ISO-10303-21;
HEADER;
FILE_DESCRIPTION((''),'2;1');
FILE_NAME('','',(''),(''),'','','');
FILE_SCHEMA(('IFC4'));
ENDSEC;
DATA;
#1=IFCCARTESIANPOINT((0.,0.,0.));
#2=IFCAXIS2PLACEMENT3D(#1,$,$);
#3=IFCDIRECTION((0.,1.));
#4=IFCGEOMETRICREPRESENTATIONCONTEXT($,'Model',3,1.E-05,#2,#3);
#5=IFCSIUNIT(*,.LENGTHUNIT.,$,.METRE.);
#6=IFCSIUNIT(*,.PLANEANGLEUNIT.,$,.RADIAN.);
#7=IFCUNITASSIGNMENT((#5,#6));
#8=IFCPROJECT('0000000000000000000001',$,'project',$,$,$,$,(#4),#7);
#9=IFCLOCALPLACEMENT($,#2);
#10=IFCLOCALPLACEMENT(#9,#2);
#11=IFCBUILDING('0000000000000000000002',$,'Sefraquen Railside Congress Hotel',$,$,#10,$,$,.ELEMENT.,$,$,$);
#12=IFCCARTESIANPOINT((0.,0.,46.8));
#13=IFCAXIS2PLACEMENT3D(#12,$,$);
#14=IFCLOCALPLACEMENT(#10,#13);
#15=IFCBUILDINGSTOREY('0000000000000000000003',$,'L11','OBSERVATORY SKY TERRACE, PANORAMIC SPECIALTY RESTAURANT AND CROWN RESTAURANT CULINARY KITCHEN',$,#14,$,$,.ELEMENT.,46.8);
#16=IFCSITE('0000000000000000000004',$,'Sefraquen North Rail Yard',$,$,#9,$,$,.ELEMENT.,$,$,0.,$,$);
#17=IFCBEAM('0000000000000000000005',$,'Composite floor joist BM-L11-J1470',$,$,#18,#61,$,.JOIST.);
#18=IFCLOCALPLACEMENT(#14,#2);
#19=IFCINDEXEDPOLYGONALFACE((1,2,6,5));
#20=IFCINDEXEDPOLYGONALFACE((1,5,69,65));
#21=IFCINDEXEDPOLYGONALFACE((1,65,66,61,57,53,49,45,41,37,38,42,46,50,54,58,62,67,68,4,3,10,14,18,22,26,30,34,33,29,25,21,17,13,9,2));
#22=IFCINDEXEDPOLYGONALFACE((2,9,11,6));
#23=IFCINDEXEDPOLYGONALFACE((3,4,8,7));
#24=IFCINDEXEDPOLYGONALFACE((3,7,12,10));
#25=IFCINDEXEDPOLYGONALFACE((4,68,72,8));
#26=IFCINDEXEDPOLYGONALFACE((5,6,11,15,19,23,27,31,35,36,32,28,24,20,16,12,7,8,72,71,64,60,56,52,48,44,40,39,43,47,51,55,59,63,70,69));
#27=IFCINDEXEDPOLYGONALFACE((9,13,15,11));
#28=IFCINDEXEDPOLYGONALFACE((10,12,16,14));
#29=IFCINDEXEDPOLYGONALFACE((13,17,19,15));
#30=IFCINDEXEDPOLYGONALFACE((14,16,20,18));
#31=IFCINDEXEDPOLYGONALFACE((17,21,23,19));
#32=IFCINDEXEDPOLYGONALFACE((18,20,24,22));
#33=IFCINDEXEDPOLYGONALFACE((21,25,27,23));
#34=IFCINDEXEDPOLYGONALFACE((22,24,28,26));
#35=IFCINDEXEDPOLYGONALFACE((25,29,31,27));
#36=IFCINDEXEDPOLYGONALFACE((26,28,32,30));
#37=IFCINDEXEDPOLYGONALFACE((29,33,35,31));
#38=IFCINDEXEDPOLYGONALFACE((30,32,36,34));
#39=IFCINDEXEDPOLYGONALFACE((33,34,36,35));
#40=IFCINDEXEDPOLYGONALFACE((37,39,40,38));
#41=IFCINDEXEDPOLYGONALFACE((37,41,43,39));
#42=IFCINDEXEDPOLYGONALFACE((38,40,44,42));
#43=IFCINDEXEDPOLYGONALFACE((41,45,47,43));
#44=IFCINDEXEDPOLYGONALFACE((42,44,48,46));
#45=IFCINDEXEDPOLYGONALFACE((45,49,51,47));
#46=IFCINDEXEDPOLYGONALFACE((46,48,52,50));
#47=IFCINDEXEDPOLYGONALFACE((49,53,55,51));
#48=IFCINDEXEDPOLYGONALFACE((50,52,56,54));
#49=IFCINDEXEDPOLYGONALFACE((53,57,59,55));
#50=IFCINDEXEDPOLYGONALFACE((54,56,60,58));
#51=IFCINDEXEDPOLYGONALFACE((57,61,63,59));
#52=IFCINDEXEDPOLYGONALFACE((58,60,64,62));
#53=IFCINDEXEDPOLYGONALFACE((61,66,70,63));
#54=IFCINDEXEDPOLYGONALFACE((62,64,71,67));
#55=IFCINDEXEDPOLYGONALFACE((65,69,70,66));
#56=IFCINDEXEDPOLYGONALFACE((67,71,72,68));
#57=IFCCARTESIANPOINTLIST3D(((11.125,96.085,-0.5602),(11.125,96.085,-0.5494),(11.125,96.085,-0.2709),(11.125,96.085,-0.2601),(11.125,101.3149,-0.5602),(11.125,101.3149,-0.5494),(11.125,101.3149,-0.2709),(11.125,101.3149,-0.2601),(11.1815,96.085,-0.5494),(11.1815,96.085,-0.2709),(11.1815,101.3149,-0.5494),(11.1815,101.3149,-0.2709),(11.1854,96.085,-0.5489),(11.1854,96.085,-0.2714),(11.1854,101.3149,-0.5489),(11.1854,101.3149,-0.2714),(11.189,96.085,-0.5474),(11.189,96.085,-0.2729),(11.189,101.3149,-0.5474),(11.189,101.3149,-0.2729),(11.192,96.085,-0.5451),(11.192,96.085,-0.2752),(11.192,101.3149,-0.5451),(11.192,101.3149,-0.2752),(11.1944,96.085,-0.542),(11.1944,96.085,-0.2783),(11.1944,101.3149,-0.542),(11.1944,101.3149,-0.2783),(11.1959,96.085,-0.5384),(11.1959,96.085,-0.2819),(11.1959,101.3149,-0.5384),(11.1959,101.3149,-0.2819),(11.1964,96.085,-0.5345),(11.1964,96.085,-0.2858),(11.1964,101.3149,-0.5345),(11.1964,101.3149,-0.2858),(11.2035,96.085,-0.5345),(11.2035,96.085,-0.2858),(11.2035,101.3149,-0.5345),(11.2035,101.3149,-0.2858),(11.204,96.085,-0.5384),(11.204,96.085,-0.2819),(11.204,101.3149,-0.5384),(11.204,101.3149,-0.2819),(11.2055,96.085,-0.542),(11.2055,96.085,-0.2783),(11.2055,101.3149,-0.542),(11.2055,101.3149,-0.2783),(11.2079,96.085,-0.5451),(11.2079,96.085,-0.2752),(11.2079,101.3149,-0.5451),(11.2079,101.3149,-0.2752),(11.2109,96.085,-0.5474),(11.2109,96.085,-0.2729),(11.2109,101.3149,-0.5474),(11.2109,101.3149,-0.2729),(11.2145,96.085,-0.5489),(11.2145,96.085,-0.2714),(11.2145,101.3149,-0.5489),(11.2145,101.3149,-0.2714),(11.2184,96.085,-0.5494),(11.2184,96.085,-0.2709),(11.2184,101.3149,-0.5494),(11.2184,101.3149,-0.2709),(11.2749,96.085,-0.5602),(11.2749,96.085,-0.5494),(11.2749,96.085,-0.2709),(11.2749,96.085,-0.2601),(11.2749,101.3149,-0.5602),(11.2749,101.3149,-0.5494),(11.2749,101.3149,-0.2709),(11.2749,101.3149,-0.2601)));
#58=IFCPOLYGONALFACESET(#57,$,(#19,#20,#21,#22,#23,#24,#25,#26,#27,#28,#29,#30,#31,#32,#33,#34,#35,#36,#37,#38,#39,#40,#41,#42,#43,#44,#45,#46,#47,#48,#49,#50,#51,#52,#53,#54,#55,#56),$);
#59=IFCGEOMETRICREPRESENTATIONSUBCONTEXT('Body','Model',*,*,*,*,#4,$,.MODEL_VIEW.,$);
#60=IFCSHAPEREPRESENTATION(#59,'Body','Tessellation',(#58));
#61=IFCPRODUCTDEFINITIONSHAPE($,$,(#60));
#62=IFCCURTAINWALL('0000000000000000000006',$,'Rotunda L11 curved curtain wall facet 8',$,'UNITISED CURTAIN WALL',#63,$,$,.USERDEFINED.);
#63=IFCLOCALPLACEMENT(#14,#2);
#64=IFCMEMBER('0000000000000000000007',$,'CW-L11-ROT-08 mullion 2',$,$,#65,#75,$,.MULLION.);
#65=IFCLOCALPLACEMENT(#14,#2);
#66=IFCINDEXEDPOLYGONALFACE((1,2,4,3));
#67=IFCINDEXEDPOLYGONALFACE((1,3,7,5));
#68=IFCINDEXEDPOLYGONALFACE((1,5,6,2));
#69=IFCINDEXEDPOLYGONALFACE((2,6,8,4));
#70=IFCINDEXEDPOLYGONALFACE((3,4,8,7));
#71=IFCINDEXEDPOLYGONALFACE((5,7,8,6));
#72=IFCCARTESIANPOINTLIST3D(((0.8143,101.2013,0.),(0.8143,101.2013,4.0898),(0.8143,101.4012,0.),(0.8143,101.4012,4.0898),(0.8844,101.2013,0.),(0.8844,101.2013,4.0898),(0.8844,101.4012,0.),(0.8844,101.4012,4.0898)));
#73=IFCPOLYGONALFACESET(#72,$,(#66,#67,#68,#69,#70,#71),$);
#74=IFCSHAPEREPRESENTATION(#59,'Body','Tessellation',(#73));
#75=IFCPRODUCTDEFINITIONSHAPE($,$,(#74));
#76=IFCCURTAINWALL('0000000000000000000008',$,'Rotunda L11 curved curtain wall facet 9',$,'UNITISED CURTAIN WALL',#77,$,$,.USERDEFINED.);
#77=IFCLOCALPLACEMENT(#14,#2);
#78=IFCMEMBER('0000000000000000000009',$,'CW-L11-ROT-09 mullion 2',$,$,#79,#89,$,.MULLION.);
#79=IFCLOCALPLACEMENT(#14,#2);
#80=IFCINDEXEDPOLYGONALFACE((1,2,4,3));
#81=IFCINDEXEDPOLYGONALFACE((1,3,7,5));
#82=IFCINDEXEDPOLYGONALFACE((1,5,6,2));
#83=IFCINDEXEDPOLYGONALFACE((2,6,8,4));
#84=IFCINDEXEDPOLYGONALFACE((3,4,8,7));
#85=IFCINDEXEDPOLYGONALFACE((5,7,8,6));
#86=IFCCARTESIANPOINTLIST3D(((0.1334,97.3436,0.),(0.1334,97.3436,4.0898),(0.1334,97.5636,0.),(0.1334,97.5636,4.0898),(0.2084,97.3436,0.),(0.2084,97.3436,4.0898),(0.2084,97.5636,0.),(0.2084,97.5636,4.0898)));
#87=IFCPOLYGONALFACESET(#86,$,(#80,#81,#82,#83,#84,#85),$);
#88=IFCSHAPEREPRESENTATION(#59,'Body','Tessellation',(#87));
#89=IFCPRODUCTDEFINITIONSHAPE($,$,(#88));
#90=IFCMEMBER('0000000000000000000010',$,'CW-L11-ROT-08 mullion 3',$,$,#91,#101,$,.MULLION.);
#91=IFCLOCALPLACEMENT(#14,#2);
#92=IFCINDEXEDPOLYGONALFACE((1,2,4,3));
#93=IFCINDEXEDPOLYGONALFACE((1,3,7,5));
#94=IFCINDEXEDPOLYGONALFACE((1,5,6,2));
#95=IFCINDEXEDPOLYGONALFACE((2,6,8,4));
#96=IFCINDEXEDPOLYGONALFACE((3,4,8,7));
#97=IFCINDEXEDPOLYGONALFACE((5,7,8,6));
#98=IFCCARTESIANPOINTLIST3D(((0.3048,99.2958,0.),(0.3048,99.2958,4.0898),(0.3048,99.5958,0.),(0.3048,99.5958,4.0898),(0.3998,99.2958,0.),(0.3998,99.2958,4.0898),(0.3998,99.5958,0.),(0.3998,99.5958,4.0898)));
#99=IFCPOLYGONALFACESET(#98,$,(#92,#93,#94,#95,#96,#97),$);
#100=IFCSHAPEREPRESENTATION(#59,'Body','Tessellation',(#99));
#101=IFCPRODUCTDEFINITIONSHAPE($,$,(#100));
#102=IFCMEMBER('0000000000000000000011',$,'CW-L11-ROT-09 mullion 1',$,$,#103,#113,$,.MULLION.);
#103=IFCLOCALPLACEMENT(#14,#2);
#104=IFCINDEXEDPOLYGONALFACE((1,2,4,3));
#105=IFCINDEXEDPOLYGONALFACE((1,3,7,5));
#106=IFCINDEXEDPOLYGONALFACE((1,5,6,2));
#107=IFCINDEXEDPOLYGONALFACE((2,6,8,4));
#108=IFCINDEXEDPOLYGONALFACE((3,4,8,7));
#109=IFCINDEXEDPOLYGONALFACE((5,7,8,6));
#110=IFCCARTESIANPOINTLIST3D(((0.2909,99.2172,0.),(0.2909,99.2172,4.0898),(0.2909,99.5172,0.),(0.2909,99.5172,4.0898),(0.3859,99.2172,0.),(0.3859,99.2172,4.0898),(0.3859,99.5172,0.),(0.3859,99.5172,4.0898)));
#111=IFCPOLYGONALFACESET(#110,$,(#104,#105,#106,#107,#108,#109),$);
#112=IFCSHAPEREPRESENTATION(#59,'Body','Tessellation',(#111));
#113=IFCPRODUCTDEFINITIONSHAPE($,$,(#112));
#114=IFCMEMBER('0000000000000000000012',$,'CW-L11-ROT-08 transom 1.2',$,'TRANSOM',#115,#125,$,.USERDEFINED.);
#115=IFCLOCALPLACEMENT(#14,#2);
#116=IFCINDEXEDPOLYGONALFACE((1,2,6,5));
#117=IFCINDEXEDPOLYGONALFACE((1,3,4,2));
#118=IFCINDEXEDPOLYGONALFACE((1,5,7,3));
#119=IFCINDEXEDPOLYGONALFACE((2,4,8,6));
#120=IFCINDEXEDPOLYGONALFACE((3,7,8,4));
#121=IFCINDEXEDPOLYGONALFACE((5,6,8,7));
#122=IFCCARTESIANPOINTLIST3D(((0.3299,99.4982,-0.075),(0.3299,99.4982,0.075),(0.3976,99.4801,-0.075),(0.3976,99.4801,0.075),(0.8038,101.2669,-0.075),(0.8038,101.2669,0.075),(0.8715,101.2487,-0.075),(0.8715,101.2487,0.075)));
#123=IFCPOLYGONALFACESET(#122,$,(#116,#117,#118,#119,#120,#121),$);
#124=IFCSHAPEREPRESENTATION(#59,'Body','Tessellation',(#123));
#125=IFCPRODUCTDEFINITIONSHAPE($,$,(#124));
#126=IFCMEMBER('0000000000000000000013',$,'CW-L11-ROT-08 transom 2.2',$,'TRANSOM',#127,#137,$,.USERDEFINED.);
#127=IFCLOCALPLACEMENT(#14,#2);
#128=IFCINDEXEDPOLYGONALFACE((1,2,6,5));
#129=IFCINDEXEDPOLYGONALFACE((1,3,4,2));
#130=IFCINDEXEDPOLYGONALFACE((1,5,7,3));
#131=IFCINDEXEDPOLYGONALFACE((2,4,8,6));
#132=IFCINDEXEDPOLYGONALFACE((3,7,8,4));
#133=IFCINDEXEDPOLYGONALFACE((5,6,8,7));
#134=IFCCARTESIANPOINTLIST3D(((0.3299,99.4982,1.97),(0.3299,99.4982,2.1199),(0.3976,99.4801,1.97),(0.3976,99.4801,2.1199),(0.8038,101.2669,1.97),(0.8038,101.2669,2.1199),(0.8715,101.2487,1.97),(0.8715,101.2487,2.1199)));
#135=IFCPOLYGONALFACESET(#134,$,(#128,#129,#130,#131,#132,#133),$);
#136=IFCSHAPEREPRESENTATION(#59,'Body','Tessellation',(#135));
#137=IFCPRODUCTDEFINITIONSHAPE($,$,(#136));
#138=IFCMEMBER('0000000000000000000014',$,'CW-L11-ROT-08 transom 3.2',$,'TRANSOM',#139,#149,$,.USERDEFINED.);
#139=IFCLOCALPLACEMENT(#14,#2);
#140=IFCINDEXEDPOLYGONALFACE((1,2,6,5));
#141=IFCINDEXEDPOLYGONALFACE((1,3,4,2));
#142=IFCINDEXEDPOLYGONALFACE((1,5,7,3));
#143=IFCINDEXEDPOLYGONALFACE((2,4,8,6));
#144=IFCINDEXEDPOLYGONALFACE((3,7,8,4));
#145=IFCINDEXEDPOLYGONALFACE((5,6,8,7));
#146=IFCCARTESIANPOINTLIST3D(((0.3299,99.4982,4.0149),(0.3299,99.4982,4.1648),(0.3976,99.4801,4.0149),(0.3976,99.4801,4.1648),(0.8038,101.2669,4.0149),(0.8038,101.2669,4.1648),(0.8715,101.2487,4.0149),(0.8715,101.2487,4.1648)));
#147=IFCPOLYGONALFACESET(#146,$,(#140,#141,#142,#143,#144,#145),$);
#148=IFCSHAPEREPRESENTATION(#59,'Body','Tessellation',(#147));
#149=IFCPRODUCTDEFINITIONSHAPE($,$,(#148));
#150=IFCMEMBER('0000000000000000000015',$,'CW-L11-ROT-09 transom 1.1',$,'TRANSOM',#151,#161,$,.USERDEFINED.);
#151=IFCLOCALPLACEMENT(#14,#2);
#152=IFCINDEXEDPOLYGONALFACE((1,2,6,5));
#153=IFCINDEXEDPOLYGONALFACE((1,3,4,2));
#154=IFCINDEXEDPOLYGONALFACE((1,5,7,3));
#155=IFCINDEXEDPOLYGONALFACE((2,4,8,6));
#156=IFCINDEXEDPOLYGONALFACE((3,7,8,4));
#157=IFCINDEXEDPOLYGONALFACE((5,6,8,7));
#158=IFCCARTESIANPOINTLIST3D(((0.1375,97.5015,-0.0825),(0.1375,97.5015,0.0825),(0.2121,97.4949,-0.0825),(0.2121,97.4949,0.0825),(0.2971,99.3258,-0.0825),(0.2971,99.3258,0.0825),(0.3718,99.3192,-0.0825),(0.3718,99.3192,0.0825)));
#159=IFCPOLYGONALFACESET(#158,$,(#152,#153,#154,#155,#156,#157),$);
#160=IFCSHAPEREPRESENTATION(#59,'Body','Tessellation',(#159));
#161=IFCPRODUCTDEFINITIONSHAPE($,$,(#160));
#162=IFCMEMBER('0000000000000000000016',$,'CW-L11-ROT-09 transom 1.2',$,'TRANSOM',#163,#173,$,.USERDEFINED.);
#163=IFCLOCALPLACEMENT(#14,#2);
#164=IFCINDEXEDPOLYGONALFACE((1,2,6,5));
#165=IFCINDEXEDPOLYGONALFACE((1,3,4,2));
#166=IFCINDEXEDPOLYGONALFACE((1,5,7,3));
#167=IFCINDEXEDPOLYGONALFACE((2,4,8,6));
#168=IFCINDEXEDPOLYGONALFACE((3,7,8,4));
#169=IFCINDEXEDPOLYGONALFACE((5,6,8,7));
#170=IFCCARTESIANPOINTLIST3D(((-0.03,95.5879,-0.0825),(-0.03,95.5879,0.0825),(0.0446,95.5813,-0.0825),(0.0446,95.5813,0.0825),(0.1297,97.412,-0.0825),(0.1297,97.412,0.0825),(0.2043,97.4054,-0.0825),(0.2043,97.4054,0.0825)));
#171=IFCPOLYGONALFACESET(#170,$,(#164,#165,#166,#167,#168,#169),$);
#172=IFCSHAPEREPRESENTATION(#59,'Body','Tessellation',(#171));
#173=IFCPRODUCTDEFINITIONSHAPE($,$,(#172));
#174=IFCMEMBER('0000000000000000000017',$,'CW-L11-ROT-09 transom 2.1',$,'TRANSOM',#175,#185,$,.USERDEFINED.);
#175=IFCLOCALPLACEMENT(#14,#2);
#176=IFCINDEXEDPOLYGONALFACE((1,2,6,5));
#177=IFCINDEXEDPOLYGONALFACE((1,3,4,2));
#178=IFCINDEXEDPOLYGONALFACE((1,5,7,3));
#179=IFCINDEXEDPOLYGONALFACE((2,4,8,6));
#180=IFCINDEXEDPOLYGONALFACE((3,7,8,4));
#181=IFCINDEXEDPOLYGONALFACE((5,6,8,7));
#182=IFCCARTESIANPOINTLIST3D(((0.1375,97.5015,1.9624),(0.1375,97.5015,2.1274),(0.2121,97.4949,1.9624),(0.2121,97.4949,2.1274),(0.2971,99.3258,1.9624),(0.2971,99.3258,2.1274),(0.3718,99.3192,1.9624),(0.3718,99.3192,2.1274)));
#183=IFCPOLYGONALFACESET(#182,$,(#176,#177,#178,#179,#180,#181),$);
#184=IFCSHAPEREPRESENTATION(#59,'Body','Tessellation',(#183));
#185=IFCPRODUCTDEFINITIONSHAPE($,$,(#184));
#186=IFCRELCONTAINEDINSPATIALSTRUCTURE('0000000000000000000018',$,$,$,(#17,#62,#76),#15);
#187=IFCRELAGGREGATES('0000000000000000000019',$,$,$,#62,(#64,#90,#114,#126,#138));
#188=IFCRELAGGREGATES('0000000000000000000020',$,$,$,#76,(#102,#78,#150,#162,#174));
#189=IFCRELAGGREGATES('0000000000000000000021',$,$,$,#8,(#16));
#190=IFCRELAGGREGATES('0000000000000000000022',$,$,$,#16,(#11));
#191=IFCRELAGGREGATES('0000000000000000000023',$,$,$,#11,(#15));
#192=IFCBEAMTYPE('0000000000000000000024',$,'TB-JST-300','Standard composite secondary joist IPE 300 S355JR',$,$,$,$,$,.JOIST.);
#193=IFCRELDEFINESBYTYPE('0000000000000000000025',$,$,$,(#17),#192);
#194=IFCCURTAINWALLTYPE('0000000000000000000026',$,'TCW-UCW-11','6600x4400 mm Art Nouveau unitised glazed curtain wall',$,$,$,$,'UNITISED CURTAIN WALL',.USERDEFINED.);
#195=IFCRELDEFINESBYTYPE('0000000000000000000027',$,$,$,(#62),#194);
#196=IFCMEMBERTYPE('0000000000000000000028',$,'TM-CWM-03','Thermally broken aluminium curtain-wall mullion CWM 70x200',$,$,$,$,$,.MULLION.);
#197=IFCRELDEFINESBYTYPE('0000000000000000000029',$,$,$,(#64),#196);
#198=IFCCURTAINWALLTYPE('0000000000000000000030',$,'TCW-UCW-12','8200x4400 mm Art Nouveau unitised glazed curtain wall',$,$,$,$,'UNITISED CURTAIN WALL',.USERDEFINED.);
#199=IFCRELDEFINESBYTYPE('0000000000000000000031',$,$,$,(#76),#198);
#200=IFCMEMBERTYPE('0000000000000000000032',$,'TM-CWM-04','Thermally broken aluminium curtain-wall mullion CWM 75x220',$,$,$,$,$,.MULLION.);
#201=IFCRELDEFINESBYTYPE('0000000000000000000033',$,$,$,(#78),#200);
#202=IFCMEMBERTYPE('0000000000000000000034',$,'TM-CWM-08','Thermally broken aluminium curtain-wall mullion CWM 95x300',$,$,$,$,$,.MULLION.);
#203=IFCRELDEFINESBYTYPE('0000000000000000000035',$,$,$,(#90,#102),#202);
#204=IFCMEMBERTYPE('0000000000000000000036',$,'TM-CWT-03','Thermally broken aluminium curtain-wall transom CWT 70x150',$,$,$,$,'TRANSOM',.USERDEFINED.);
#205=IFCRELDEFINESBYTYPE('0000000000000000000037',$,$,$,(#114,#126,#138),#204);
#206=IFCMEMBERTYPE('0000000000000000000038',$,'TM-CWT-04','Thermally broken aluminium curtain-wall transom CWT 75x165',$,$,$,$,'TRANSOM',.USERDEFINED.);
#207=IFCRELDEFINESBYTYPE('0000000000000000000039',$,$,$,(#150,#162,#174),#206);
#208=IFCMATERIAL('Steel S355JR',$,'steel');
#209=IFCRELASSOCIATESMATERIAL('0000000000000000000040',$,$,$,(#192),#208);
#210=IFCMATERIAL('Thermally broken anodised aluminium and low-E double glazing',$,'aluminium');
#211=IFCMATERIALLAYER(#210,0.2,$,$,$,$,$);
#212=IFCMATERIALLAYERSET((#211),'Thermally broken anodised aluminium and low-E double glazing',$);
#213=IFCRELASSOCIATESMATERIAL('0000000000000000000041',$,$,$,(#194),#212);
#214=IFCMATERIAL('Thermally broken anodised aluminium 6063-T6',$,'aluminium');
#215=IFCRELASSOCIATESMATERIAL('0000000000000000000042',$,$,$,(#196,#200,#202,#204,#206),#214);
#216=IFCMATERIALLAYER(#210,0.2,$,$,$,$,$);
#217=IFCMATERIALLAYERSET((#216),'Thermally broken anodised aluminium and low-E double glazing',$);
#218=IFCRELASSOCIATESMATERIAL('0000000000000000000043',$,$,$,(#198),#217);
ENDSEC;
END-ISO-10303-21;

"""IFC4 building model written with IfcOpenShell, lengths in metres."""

from ifc_helpers import new_model, si_unit, direction, frame, origin, origin_2d, place, context, subcontext, project, spatial, rectangle, i_section, extrude, material, layer, layer_set, material_profile, profile_set, type_object, element, aggregate, save


model = new_model("IFC4")

# Units and contexts
model_context = context("Model", 3, precision=1e-05, world=origin(), true_north=direction((0.0, 1.0)))
body_context = subcontext(model_context, "Body", "Model", "MODEL_VIEW")
ifc_project = project(units=[si_unit("LENGTHUNIT", "METRE"), si_unit("PLANEANGLEUNIT", "RADIAN")], contexts=[model_context])

# Site, building, storey
site_placement = place(None, origin())
site = spatial("IfcSite", under=ifc_project, at=site_placement, Name="Sefraquen North Rail Yard", CompositionType="ELEMENT", RefElevation=0.0)
building_placement = place(site_placement, origin())
building = spatial("IfcBuilding", under=site, at=building_placement, Name="Sefraquen Railside Congress Hotel", CompositionType="ELEMENT")
storey_placement = place(building_placement, frame((0.0, 0.0, 46.8)))
storey = spatial("IfcBuildingStorey", under=building, at=storey_placement, Name="L11", Description="OBSERVATORY SKY TERRACE, PANORAMIC SPECIALTY RESTAURANT AND CROWN RESTAURANT CULINARY KITCHEN", CompositionType="ELEMENT", Elevation=46.8)

# Shared definitions
ifc_material_1 = material(Name="Steel S355JR", Category="steel")

# Beam
ifc_material_profile_1 = material_profile(ifc_material_1, i_section(OverallWidth=0.1499, OverallDepth=0.3, WebThickness=0.0071, FlangeThickness=0.0107, FilletRadius=0.0149, at=origin_2d()), Name="IPE 300")
ifc_profile_set_1 = profile_set([ifc_material_profile_1], Name="Steel S355JR")
beam_type_1 = type_object("IfcBeamType", Name="TB-JST-300", Description="Standard composite secondary joist IPE 300 S355JR", PredefinedType="JOIST", material=ifc_profile_set_1)
beam_1_placement = place(storey_placement, frame((11.2, 96.085, -0.4102), z_axis=(0.0, 1.0, 0.0), x_axis=(-1.0, 0.0, 0.0)))
element("IfcBeam", 1, at=beam_1_placement, inside=storey, type_object=beam_type_1, Name="Composite floor joist BM-L11-J1470", PredefinedType="JOIST", context=body_context, shape_type="SweptSolid", body=[
    extrude(i_section(OverallWidth=0.1499, OverallDepth=0.3, WebThickness=0.0071, FlangeThickness=0.0107, FilletRadius=0.0149, at=origin_2d()), origin(), (0.0, 0.0, 1.0), 5.23),
])

# Curtain walls, members
ifc_material_2 = material(Name="Thermally broken anodised aluminium and low-E double glazing", Category="aluminium")
ifc_layer_1 = layer(ifc_material_2, 0.2)
ifc_layer_set_1 = layer_set([ifc_layer_1], Name="Thermally broken anodised aluminium and low-E double glazing")
curtain_wall_type_1 = type_object("IfcCurtainWallType", Name="TCW-UCW-11", Description="6600x4400 mm Art Nouveau unitised glazed curtain wall", ElementType="UNITISED CURTAIN WALL", PredefinedType="USERDEFINED", material=ifc_layer_set_1)
curtain_wall_1_placement = place(storey_placement, origin())
curtain_wall_1 = element("IfcCurtainWall", 2, at=curtain_wall_1_placement, inside=storey, type_object=curtain_wall_type_1, Name="Rotunda L11 curved curtain wall facet 8", ObjectType="UNITISED CURTAIN WALL", PredefinedType="USERDEFINED")
ifc_material_3 = material(Name="Thermally broken anodised aluminium 6063-T6", Category="aluminium")
ifc_material_profile_2 = material_profile(ifc_material_3, rectangle(XDim=0.0701, YDim=0.2, at=origin_2d()), Name="CWM 70x200")
ifc_profile_set_2 = profile_set([ifc_material_profile_2], Name="Thermally broken anodised aluminium 6063-T6")
member_type_1 = type_object("IfcMemberType", Name="TM-CWM-03", Description="Thermally broken aluminium curtain-wall mullion CWM 70x200", PredefinedType="MULLION", material=ifc_profile_set_2)
member_1_placement = place(storey_placement, frame((0.8494, 101.3013, 0.0), z_axis=(0.0, 0.0, 1.0), x_axis=(1.0, 0.0, 0.0)))
member_1 = element("IfcMember", 3, at=member_1_placement, type_object=member_type_1, Name="CW-L11-ROT-08 mullion 2", PredefinedType="MULLION", context=body_context, shape_type="SweptSolid", body=[
    extrude(rectangle(XDim=0.0701, YDim=0.2, at=origin_2d()), origin(), (0.0, 0.0, 1.0), 4.0898),
])
ifc_layer_2 = layer(ifc_material_2, 0.2)
ifc_layer_set_2 = layer_set([ifc_layer_2], Name="Thermally broken anodised aluminium and low-E double glazing")
curtain_wall_type_2 = type_object("IfcCurtainWallType", Name="TCW-UCW-12", Description="8200x4400 mm Art Nouveau unitised glazed curtain wall", ElementType="UNITISED CURTAIN WALL", PredefinedType="USERDEFINED", material=ifc_layer_set_2)
curtain_wall_2_placement = place(storey_placement, origin())
curtain_wall_2 = element("IfcCurtainWall", 4, at=curtain_wall_2_placement, inside=storey, type_object=curtain_wall_type_2, Name="Rotunda L11 curved curtain wall facet 9", ObjectType="UNITISED CURTAIN WALL", PredefinedType="USERDEFINED")
ifc_material_profile_3 = material_profile(ifc_material_3, rectangle(XDim=0.075, YDim=0.22, at=origin_2d()), Name="CWM 75x220")
ifc_profile_set_3 = profile_set([ifc_material_profile_3], Name="Thermally broken anodised aluminium 6063-T6")
member_type_2 = type_object("IfcMemberType", Name="TM-CWM-04", Description="Thermally broken aluminium curtain-wall mullion CWM 75x220", PredefinedType="MULLION", material=ifc_profile_set_3)
member_2_placement = place(storey_placement, frame((0.1709, 97.4536, 0.0), z_axis=(0.0, 0.0, 1.0), x_axis=(1.0, 0.0, 0.0)))
member_2 = element("IfcMember", 5, at=member_2_placement, type_object=member_type_2, Name="CW-L11-ROT-09 mullion 2", PredefinedType="MULLION", context=body_context, shape_type="SweptSolid", body=[
    extrude(rectangle(XDim=0.075, YDim=0.22, at=origin_2d()), origin(), (0.0, 0.0, 1.0), 4.0898),
])

# Members
ifc_material_profile_4 = material_profile(ifc_material_3, rectangle(XDim=0.095, YDim=0.3, at=origin_2d()), Name="CWM 95x300")
ifc_profile_set_4 = profile_set([ifc_material_profile_4], Name="Thermally broken anodised aluminium 6063-T6")
member_type_3 = type_object("IfcMemberType", Name="TM-CWM-08", Description="Thermally broken aluminium curtain-wall mullion CWM 95x300", PredefinedType="MULLION", material=ifc_profile_set_4)
member_3_placement = place(storey_placement, frame((0.3523, 99.4458, 0.0), z_axis=(0.0, 0.0, 1.0), x_axis=(1.0, 0.0, 0.0)))
member_3 = element("IfcMember", 6, at=member_3_placement, type_object=member_type_3, Name="CW-L11-ROT-08 mullion 3", PredefinedType="MULLION", context=body_context, shape_type="SweptSolid", body=[
    extrude(rectangle(XDim=0.095, YDim=0.3, at=origin_2d()), origin(), (0.0, 0.0, 1.0), 4.0898),
])
member_4_placement = place(storey_placement, frame((0.3384, 99.3672, 0.0), z_axis=(0.0, 0.0, 1.0), x_axis=(1.0, 0.0, 0.0)))
member_4 = element("IfcMember", 7, at=member_4_placement, type_object=member_type_3, Name="CW-L11-ROT-09 mullion 1", PredefinedType="MULLION", context=body_context, shape_type="SweptSolid", body=[
    extrude(rectangle(XDim=0.095, YDim=0.3, at=origin_2d()), origin(), (0.0, 0.0, 1.0), 4.0898),
])
ifc_material_profile_5 = material_profile(ifc_material_3, rectangle(XDim=0.0701, YDim=0.1499, at=origin_2d()), Name="CWT 70x150")
ifc_profile_set_5 = profile_set([ifc_material_profile_5], Name="Thermally broken anodised aluminium 6063-T6")
member_type_4 = type_object("IfcMemberType", Name="TM-CWT-03", Description="Thermally broken aluminium curtain-wall transom CWT 70x150", ElementType="TRANSOM", PredefinedType="USERDEFINED", material=ifc_profile_set_5)
member_5_placement = place(storey_placement, frame((0.8376, 101.2578, 0.0), z_axis=(-0.258816, -0.965927, 0.0), x_axis=(0.965927, -0.258816, 0.0)))
member_5 = element("IfcMember", 8, at=member_5_placement, type_object=member_type_4, Name="CW-L11-ROT-08 transom 1.2", ObjectType="TRANSOM", PredefinedType="USERDEFINED", context=body_context, shape_type="SweptSolid", body=[
    extrude(rectangle(XDim=0.0701, YDim=0.1499, at=origin_2d()), origin(), (0.0, 0.0, 1.0), 1.8311),
])
member_6_placement = place(storey_placement, frame((0.8376, 101.2578, 2.0449), z_axis=(-0.258816, -0.965927, 0.0), x_axis=(0.965927, -0.258816, 0.0)))
member_6 = element("IfcMember", 9, at=member_6_placement, type_object=member_type_4, Name="CW-L11-ROT-08 transom 2.2", ObjectType="TRANSOM", PredefinedType="USERDEFINED", context=body_context, shape_type="SweptSolid", body=[
    extrude(rectangle(XDim=0.0701, YDim=0.1499, at=origin_2d()), origin(), (0.0, 0.0, 1.0), 1.8311),
])
member_7_placement = place(storey_placement, frame((0.8376, 101.2578, 4.0898), z_axis=(-0.258816, -0.965927, 0.0), x_axis=(0.965927, -0.258816, 0.0)))
member_7 = element("IfcMember", 10, at=member_7_placement, type_object=member_type_4, Name="CW-L11-ROT-08 transom 3.2", ObjectType="TRANSOM", PredefinedType="USERDEFINED", context=body_context, shape_type="SweptSolid", body=[
    extrude(rectangle(XDim=0.0701, YDim=0.1499, at=origin_2d()), origin(), (0.0, 0.0, 1.0), 1.8311),
])
ifc_material_profile_6 = material_profile(ifc_material_3, rectangle(XDim=0.075, YDim=0.165, at=origin_2d()), Name="CWT 75x165")
ifc_profile_set_6 = profile_set([ifc_material_profile_6], Name="Thermally broken anodised aluminium 6063-T6")
member_type_5 = type_object("IfcMemberType", Name="TM-CWT-04", Description="Thermally broken aluminium curtain-wall transom CWT 75x165", ElementType="TRANSOM", PredefinedType="USERDEFINED", material=ifc_profile_set_6)
member_8_placement = place(storey_placement, frame((0.3345, 99.3225, 0.0), z_axis=(-0.087193, -0.996191, 0.0), x_axis=(0.996191, -0.087193, 0.0)))
member_8 = element("IfcMember", 11, at=member_8_placement, type_object=member_type_5, Name="CW-L11-ROT-09 transom 1.1", ObjectType="TRANSOM", PredefinedType="USERDEFINED", context=body_context, shape_type="SweptSolid", body=[
    extrude(rectangle(XDim=0.075, YDim=0.165, at=origin_2d()), origin(), (0.0, 0.0, 1.0), 1.8313),
])
member_9_placement = place(storey_placement, frame((0.167, 97.4087, 0.0), z_axis=(-0.087205, -0.99619, 0.0), x_axis=(0.99619, -0.087205, 0.0)))
member_9 = element("IfcMember", 12, at=member_9_placement, type_object=member_type_5, Name="CW-L11-ROT-09 transom 1.2", ObjectType="TRANSOM", PredefinedType="USERDEFINED", context=body_context, shape_type="SweptSolid", body=[
    extrude(rectangle(XDim=0.075, YDim=0.165, at=origin_2d()), origin(), (0.0, 0.0, 1.0), 1.8311),
])
member_10_placement = place(storey_placement, frame((0.3345, 99.3225, 2.0449), z_axis=(-0.087193, -0.996191, 0.0), x_axis=(0.996191, -0.087193, 0.0)))
member_10 = element("IfcMember", 13, at=member_10_placement, type_object=member_type_5, Name="CW-L11-ROT-09 transom 2.1", ObjectType="TRANSOM", PredefinedType="USERDEFINED", context=body_context, shape_type="SweptSolid", body=[
    extrude(rectangle(XDim=0.075, YDim=0.165, at=origin_2d()), origin(), (0.0, 0.0, 1.0), 1.8313),
])

aggregate(curtain_wall_1, [member_1, member_3, member_5, member_6, member_7])
aggregate(curtain_wall_2, [member_4, member_2, member_8, member_9, member_10])

save(model, "model.ifc")
